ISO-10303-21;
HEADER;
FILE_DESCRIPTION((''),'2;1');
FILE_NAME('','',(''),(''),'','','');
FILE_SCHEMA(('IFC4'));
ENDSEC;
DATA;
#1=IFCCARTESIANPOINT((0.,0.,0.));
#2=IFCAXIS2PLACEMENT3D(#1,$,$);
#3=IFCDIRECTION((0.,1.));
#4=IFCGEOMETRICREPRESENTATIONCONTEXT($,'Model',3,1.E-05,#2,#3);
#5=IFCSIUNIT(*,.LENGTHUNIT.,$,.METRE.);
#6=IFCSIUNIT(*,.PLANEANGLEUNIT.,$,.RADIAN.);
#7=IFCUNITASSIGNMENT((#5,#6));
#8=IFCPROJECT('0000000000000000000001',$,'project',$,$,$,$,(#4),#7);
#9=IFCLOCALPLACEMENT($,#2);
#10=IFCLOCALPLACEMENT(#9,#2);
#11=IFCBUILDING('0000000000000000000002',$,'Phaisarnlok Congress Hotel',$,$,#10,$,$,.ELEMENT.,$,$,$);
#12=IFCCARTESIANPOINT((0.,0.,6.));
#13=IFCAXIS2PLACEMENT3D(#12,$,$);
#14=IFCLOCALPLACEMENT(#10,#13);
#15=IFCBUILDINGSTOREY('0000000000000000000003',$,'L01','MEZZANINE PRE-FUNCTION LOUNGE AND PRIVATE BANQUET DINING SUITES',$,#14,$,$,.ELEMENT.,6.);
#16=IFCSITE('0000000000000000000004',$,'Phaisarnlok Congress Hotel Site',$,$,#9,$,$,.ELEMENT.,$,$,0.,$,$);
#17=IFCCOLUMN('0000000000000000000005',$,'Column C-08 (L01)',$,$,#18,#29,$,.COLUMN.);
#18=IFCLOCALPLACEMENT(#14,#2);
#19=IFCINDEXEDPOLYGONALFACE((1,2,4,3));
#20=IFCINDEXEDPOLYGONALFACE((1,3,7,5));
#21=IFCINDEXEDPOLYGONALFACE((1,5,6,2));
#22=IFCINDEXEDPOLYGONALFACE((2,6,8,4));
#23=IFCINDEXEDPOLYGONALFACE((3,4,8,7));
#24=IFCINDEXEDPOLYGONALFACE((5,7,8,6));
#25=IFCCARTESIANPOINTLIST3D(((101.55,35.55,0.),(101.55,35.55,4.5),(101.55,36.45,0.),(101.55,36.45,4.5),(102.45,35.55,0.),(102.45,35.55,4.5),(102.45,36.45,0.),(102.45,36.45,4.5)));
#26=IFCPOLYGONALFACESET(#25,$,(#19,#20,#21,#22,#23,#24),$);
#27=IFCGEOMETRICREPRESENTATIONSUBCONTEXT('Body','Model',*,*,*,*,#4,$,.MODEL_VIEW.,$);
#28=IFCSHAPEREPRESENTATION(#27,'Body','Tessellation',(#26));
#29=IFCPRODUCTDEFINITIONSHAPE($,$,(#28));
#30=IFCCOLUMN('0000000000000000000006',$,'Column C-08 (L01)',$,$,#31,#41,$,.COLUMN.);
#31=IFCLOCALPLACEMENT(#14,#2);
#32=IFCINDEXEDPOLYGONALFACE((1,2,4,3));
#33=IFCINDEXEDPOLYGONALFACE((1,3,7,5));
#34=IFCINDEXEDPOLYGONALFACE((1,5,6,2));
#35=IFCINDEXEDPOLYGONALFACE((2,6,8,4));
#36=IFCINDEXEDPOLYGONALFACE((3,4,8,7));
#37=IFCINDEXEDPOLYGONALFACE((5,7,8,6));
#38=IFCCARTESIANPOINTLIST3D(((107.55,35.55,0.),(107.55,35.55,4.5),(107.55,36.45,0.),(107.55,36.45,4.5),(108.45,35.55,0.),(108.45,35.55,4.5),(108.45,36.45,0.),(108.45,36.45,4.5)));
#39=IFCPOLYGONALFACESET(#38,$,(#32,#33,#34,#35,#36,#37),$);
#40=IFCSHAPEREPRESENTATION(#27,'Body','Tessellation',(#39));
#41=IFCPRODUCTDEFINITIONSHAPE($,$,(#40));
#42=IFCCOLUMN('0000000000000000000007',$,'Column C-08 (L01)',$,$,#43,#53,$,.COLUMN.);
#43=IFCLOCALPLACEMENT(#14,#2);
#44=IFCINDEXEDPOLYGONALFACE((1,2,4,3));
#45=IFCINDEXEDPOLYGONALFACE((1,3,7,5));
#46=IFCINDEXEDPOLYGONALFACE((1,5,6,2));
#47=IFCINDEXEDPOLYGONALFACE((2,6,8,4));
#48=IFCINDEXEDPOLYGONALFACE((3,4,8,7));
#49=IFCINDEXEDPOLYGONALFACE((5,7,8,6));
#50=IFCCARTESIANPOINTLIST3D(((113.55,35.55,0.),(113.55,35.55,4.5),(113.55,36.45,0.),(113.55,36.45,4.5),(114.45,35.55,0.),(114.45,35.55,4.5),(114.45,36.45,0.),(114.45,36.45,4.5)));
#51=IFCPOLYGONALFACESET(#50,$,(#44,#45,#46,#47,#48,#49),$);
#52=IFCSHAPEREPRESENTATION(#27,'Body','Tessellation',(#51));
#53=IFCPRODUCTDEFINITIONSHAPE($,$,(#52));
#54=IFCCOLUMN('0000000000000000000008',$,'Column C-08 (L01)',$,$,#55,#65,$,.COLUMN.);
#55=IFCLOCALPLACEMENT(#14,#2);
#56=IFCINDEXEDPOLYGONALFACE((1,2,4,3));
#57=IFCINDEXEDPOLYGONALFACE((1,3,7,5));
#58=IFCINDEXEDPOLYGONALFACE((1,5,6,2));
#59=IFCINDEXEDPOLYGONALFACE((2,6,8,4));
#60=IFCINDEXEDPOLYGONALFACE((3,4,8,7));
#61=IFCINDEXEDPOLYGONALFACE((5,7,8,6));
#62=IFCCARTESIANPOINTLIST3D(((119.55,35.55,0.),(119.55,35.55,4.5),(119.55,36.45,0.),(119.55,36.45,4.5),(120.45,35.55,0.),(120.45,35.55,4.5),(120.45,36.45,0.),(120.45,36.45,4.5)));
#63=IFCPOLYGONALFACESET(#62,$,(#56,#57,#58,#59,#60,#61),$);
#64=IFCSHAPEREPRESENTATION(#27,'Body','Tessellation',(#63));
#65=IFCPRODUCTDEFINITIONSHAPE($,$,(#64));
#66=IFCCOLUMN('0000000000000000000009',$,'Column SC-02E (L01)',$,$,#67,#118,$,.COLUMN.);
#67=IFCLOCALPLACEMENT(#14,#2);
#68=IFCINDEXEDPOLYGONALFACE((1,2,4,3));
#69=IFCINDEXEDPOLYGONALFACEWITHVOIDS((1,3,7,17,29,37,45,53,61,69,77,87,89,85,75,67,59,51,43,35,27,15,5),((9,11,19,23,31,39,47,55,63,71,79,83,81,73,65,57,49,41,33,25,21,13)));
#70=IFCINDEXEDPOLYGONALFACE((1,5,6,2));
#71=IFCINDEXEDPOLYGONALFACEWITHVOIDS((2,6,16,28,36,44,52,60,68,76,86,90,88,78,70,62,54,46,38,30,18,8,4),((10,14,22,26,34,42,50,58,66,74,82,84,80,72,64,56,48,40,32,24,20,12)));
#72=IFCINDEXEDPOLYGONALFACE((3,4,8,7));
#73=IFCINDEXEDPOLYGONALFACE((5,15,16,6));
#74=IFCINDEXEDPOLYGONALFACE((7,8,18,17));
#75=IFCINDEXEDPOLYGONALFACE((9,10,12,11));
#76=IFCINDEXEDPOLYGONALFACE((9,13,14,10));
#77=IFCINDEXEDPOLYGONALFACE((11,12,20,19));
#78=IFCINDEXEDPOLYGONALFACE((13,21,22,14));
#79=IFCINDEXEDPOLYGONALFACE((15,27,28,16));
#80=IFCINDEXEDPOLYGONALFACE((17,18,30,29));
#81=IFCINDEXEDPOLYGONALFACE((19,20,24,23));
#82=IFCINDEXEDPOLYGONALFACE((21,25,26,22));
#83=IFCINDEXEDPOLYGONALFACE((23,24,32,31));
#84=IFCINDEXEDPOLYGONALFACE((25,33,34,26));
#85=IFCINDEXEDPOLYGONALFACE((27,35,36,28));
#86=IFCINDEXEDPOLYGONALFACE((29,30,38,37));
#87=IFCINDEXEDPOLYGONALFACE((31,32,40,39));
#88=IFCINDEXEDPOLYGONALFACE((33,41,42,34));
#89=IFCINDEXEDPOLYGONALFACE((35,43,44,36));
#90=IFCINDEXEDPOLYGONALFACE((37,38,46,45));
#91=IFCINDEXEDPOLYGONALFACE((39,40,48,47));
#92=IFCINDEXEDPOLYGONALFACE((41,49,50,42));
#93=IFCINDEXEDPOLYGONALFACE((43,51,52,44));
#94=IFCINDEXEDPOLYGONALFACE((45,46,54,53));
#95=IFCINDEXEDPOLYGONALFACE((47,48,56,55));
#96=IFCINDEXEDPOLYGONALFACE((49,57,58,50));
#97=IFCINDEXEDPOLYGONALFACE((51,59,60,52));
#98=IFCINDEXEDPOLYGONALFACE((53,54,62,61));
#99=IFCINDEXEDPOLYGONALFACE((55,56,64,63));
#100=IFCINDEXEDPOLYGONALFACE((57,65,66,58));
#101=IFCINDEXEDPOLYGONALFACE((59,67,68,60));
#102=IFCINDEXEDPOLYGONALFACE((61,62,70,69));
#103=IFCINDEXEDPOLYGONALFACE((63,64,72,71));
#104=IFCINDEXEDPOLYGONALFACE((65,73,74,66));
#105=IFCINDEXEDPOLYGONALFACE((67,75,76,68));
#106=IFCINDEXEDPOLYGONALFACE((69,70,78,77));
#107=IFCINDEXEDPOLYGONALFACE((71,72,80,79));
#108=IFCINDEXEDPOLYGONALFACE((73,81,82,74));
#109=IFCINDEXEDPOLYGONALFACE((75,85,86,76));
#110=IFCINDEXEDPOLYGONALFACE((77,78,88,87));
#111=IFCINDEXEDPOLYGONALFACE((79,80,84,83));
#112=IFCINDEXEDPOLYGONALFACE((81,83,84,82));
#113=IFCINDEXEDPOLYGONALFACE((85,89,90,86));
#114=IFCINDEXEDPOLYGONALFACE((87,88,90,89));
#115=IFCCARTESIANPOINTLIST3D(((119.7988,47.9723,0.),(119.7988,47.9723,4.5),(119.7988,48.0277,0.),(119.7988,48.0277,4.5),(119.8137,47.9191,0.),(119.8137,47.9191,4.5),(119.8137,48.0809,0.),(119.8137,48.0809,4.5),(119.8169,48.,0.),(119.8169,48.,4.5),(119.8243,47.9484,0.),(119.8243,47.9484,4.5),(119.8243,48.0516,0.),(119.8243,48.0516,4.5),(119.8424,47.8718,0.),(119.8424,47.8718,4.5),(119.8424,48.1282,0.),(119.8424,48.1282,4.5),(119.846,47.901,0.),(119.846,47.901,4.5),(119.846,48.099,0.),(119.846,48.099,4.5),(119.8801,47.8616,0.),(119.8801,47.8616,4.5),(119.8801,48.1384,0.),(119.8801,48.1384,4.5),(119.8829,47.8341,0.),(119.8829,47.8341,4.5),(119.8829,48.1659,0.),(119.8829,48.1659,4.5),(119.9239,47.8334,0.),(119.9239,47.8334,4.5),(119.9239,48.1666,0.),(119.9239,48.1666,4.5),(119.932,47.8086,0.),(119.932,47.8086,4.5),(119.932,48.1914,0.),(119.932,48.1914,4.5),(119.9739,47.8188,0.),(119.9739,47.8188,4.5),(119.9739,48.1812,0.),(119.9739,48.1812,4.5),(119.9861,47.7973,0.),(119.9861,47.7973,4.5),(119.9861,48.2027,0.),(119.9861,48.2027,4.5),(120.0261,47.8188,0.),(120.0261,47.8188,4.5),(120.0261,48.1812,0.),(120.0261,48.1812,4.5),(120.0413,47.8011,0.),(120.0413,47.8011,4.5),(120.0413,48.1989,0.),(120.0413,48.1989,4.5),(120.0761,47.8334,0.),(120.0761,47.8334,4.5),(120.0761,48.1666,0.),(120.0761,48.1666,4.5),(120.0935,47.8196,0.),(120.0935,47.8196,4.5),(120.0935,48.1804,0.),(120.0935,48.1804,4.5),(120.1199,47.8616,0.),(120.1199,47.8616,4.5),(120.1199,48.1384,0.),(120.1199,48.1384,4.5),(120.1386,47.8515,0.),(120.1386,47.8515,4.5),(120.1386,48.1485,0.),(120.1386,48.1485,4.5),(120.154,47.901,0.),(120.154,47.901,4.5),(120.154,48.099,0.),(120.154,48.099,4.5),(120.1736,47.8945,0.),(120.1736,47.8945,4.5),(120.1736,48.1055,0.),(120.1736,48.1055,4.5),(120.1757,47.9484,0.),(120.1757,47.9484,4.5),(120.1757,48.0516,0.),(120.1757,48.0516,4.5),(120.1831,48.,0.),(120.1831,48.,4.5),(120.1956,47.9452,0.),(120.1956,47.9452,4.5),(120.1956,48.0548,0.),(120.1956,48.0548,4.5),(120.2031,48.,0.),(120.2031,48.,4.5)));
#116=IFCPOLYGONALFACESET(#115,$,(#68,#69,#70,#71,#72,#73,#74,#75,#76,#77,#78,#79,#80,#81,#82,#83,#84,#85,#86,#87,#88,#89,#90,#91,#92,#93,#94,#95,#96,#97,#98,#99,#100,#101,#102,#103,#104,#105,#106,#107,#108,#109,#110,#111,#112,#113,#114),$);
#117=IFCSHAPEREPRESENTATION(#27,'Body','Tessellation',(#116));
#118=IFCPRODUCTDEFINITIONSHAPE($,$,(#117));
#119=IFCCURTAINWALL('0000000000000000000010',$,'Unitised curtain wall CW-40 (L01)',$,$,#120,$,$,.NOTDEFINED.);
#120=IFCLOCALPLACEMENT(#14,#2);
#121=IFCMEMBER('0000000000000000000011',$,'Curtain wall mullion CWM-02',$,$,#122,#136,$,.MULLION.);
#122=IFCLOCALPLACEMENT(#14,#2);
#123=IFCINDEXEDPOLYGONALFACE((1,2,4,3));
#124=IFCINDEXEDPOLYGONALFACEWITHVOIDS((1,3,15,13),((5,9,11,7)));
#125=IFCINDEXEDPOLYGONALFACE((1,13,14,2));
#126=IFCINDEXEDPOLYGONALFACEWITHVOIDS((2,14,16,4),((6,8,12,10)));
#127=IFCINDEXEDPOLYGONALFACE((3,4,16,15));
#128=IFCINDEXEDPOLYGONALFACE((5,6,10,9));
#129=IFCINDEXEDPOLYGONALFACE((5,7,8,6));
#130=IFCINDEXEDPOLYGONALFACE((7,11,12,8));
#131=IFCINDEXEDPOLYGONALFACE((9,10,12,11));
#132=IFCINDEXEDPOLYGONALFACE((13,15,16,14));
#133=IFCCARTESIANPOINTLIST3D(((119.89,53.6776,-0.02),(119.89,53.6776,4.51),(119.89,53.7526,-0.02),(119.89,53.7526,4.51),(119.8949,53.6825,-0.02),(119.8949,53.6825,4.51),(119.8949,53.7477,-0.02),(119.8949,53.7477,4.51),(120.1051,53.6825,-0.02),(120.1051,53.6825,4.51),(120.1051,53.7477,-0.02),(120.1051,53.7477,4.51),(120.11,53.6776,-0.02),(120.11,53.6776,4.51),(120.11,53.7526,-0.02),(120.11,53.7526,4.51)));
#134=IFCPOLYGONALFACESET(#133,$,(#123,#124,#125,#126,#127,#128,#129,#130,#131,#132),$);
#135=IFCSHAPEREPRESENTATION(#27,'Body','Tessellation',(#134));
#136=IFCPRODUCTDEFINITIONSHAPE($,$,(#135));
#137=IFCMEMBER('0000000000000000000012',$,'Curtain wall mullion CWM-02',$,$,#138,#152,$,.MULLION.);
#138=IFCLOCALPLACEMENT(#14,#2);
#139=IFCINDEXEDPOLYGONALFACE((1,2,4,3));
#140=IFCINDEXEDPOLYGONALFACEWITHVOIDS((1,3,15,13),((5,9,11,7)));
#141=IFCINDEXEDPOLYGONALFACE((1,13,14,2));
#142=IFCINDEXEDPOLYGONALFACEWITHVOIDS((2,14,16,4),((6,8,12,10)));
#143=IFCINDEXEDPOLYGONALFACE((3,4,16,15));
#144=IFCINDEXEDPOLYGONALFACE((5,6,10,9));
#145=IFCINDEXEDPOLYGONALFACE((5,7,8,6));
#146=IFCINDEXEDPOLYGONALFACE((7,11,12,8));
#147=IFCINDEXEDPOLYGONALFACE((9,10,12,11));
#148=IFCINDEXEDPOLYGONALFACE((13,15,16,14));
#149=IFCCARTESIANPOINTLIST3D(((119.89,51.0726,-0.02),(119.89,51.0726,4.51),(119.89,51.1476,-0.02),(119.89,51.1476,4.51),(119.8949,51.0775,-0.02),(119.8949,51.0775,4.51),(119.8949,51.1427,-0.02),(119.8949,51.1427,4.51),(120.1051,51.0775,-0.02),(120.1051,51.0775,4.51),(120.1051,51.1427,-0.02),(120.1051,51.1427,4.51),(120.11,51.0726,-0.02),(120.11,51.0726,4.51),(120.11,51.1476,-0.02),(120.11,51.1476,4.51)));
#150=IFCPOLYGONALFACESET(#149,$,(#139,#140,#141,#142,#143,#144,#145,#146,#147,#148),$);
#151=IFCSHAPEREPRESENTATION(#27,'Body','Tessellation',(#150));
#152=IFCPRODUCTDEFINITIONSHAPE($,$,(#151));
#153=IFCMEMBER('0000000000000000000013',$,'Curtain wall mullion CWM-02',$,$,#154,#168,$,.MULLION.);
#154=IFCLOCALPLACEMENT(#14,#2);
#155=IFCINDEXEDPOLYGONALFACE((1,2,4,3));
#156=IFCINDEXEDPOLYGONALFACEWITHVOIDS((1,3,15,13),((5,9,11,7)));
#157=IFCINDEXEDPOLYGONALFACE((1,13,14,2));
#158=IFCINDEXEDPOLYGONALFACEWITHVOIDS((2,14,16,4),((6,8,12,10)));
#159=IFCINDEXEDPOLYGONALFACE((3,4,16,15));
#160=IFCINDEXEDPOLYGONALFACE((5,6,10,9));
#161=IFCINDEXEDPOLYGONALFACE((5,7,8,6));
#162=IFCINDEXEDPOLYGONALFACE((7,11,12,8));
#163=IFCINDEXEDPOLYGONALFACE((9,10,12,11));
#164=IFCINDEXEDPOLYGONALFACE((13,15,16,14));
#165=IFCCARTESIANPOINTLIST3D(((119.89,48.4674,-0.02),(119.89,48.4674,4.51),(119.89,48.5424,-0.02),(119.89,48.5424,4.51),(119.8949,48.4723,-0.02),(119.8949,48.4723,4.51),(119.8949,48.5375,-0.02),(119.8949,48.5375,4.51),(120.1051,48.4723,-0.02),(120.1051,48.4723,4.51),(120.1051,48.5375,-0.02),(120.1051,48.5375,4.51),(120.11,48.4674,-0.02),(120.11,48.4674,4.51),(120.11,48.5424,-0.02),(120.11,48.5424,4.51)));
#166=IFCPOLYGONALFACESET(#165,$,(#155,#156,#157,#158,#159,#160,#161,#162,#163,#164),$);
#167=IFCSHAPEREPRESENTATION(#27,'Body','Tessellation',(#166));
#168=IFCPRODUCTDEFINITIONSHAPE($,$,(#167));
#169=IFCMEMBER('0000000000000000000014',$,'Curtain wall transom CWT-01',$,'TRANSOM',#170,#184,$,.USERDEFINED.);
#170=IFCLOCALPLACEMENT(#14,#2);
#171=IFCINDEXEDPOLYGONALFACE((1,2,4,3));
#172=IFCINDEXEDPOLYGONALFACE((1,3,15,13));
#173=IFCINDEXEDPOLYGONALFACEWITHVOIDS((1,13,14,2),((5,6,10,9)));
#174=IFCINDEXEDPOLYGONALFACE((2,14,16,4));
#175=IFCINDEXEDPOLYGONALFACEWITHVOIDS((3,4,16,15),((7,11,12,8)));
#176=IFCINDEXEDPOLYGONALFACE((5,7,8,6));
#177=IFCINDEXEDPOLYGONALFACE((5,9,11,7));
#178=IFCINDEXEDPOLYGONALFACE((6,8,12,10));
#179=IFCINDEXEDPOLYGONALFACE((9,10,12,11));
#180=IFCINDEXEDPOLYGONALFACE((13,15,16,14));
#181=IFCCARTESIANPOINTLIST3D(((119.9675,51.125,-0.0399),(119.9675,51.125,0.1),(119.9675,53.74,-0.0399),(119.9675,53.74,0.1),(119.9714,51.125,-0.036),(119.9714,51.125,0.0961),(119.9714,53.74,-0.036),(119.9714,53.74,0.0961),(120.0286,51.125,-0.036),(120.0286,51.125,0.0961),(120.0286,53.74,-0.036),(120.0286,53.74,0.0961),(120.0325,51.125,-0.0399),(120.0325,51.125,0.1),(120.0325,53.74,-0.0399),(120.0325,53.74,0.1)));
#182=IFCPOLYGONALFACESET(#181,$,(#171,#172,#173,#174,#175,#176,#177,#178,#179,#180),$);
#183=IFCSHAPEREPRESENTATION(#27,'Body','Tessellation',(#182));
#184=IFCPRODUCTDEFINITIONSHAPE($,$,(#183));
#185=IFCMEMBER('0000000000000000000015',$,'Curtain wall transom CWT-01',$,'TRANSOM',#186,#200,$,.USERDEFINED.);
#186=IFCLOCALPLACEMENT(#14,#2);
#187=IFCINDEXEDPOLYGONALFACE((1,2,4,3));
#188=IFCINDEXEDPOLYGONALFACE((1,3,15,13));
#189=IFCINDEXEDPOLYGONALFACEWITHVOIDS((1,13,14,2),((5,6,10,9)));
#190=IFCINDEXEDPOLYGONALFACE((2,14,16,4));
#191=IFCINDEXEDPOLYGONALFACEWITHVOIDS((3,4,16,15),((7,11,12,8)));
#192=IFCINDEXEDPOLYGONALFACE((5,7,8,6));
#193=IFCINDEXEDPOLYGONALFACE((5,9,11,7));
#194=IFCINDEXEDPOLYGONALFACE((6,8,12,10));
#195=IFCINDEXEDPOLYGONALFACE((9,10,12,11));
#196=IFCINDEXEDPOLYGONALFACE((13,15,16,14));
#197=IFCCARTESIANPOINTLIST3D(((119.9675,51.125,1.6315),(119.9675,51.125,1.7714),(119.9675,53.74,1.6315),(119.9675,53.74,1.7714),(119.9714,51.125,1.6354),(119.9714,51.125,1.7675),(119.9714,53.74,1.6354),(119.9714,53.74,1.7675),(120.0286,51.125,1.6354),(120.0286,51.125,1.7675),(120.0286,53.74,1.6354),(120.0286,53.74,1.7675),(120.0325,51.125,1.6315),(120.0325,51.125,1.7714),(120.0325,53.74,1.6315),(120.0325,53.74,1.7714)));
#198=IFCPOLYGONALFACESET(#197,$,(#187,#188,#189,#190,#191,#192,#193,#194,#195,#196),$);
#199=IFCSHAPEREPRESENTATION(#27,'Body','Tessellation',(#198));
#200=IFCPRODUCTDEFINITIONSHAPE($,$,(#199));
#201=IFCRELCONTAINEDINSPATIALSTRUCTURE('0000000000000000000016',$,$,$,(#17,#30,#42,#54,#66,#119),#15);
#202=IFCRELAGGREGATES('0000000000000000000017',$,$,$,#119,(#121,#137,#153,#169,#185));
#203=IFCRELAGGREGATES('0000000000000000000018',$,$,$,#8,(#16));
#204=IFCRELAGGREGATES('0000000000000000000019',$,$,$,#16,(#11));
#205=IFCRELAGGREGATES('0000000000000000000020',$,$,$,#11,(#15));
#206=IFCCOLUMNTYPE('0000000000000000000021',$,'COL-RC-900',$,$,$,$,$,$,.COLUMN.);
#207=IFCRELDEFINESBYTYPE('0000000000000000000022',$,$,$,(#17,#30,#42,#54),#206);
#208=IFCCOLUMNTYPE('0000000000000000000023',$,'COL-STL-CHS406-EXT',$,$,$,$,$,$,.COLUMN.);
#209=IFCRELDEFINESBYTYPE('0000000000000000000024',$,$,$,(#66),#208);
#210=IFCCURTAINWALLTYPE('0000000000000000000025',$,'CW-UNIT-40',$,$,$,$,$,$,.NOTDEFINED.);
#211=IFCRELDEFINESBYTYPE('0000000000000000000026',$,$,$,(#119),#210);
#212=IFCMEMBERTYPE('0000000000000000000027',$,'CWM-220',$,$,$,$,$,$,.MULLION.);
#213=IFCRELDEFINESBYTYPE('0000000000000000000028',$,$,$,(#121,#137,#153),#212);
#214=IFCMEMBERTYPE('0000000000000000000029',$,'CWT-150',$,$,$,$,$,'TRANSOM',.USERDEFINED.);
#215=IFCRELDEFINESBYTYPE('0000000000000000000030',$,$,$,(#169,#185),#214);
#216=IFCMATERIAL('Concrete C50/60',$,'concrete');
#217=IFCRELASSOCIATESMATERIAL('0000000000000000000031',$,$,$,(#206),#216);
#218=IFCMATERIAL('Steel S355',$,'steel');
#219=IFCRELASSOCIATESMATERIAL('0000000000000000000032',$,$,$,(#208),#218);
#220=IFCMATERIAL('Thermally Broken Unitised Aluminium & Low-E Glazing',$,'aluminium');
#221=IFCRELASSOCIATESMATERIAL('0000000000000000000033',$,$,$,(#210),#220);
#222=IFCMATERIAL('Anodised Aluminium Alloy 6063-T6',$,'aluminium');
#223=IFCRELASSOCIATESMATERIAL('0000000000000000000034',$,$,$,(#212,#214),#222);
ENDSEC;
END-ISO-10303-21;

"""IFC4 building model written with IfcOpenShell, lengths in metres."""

from ifc_helpers import new_model, si_unit, direction, frame, origin, origin_2d, place, context, subcontext, project, spatial, rectangle, hollow_rectangle, hollow_circle, extrude, material, material_profile, profile_set, type_object, element, aggregate, save


model = new_model("IFC4")

# Units and contexts
model_context = context("Model", 3, precision=1e-05, world=origin(), true_north=direction((0.0, 1.0)))
body_context = subcontext(model_context, "Body", "Model", "MODEL_VIEW")
ifc_project = project(units=[si_unit("LENGTHUNIT", "METRE"), si_unit("PLANEANGLEUNIT", "RADIAN")], contexts=[model_context])

# Site, building, storey
site_placement = place(None, origin())
site = spatial("IfcSite", under=ifc_project, at=site_placement, Name="Phaisarnlok Congress Hotel Site", CompositionType="ELEMENT", RefElevation=0.0)
building_placement = place(site_placement, origin())
building = spatial("IfcBuilding", under=site, at=building_placement, Name="Phaisarnlok Congress Hotel", CompositionType="ELEMENT")
storey_placement = place(building_placement, frame((0.0, 0.0, 6.0)))
storey = spatial("IfcBuildingStorey", under=building, at=storey_placement, Name="L01", Description="MEZZANINE PRE-FUNCTION LOUNGE AND PRIVATE BANQUET DINING SUITES", CompositionType="ELEMENT", Elevation=6.0)

# Columns
ifc_material_1 = material(Name="Concrete C50/60", Category="concrete")
ifc_material_profile_1 = material_profile(ifc_material_1, rectangle(XDim=0.8999, YDim=0.8999, at=origin_2d()), Name="RC 900x900")
ifc_profile_set_1 = profile_set([ifc_material_profile_1], Name="Concrete C50/60")
column_type_1 = type_object("IfcColumnType", Name="COL-RC-900", PredefinedType="COLUMN", material=ifc_profile_set_1)
for number, where, z_axis, x_axis, name in (
    (1, (102.0, 36.0, 0.0), (0.0, 0.0, 1.0), (1.0, 0.0, 0.0), "Column C-08 (L01)"),
    (2, (108.0, 36.0, 0.0), (0.0, 0.0, 1.0), (1.0, 0.0, 0.0), "Column C-08 (L01)"),
    (3, (114.0, 36.0, 0.0), (0.0, 0.0, 1.0), (1.0, 0.0, 0.0), "Column C-08 (L01)"),
    (4, (120.0, 36.0, 0.0), (0.0, 0.0, 1.0), (1.0, 0.0, 0.0), "Column C-08 (L01)"),
):
    element("IfcColumn", number, at=place(storey_placement, frame(where, z_axis=z_axis, x_axis=x_axis)), inside=storey, type_object=column_type_1, Name=name, PredefinedType="COLUMN", context=body_context, shape_type="SweptSolid", body=[
        extrude(rectangle(XDim=0.8999, YDim=0.8999, at=origin_2d()), origin(), (0.0, 0.0, 1.0), 4.5),
    ])
ifc_material_2 = material(Name="Steel S355", Category="steel")
ifc_material_profile_2 = material_profile(ifc_material_2, hollow_circle(Radius=0.2031, WallThickness=0.02, at=origin_2d()), Name="CHS 406.4x20")
ifc_profile_set_2 = profile_set([ifc_material_profile_2], Name="Steel S355")
column_type_2 = type_object("IfcColumnType", Name="COL-STL-CHS406-EXT", PredefinedType="COLUMN", material=ifc_profile_set_2)
column_placement = place(storey_placement, frame((120.0, 48.0, 0.0), z_axis=(0.0, 0.0, 1.0), x_axis=(1.0, 0.0, 0.0)))
element("IfcColumn", 5, at=column_placement, inside=storey, type_object=column_type_2, Name="Column SC-02E (L01)", PredefinedType="COLUMN", context=body_context, shape_type="SweptSolid", body=[
    extrude(hollow_circle(Radius=0.2031, WallThickness=0.02, at=origin_2d()), origin(), (0.0, 0.0, 1.0), 4.5),
])

# Curtain wall, members
ifc_material_3 = material(Name="Thermally Broken Unitised Aluminium & Low-E Glazing", Category="aluminium")
curtain_wall_type = type_object("IfcCurtainWallType", Name="CW-UNIT-40", PredefinedType="NOTDEFINED", material=ifc_material_3)
curtain_wall_placement = place(storey_placement, origin())
curtain_wall = element("IfcCurtainWall", 6, at=curtain_wall_placement, inside=storey, type_object=curtain_wall_type, Name="Unitised curtain wall CW-40 (L01)", PredefinedType="NOTDEFINED")
ifc_material_4 = material(Name="Anodised Aluminium Alloy 6063-T6", Category="aluminium")
ifc_material_profile_3 = material_profile(ifc_material_4, hollow_rectangle(XDim=0.075, YDim=0.22, WallThickness=0.0049, at=origin_2d()), Name="ALU-M 75x220x5")
ifc_profile_set_3 = profile_set([ifc_material_profile_3], Name="Anodised Aluminium Alloy 6063-T6")
member_type_1 = type_object("IfcMemberType", Name="CWM-220", PredefinedType="MULLION", material=ifc_profile_set_3)
member_1_placement = place(storey_placement, frame((120.0, 53.7151, -0.02), z_axis=(0.0, 0.0, 1.0), x_axis=(0.0, -1.0, 0.0)))
member_1 = element("IfcMember", 7, at=member_1_placement, type_object=member_type_1, Name="Curtain wall mullion CWM-02", PredefinedType="MULLION", context=body_context, shape_type="SweptSolid", body=[
    extrude(hollow_rectangle(XDim=0.075, YDim=0.22, WallThickness=0.0049, at=origin_2d()), origin(), (0.0, 0.0, 1.0), 4.53),
])
member_2_placement = place(storey_placement, frame((120.0, 51.1101, -0.02), z_axis=(0.0, 0.0, 1.0), x_axis=(0.0, -1.0, 0.0)))
member_2 = element("IfcMember", 8, at=member_2_placement, type_object=member_type_1, Name="Curtain wall mullion CWM-02", PredefinedType="MULLION", context=body_context, shape_type="SweptSolid", body=[
    extrude(hollow_rectangle(XDim=0.075, YDim=0.22, WallThickness=0.0049, at=origin_2d()), origin(), (0.0, 0.0, 1.0), 4.53),
])
member_3_placement = place(storey_placement, frame((120.0, 48.5049, -0.02), z_axis=(0.0, 0.0, 1.0), x_axis=(0.0, -1.0, 0.0)))
member_3 = element("IfcMember", 9, at=member_3_placement, type_object=member_type_1, Name="Curtain wall mullion CWM-02", PredefinedType="MULLION", context=body_context, shape_type="SweptSolid", body=[
    extrude(hollow_rectangle(XDim=0.075, YDim=0.22, WallThickness=0.0049, at=origin_2d()), origin(), (0.0, 0.0, 1.0), 4.53),
])
ifc_material_profile_4 = material_profile(ifc_material_4, hollow_rectangle(XDim=0.0649, YDim=0.1399, WallThickness=0.0039, at=origin_2d()), Name="ALU-T 65x140x4")
ifc_profile_set_4 = profile_set([ifc_material_profile_4], Name="Anodised Aluminium Alloy 6063-T6")
member_type_2 = type_object("IfcMemberType", Name="CWT-150", ElementType="TRANSOM", PredefinedType="USERDEFINED", material=ifc_profile_set_4)
member_4_placement = place(storey_placement, frame((120.0, 53.74, 0.03), z_axis=(0.0, -1.0, 0.0), x_axis=(1.0, 0.0, 0.0)))
member_4 = element("IfcMember", 10, at=member_4_placement, type_object=member_type_2, Name="Curtain wall transom CWT-01", ObjectType="TRANSOM", PredefinedType="USERDEFINED", context=body_context, shape_type="SweptSolid", body=[
    extrude(hollow_rectangle(XDim=0.0649, YDim=0.1399, WallThickness=0.0039, at=origin_2d()), origin(), (0.0, 0.0, 1.0), 2.615),
])
member_5_placement = place(storey_placement, frame((120.0, 53.74, 1.7014), z_axis=(0.0, -1.0, 0.0), x_axis=(1.0, 0.0, 0.0)))
member_5 = element("IfcMember", 11, at=member_5_placement, type_object=member_type_2, Name="Curtain wall transom CWT-01", ObjectType="TRANSOM", PredefinedType="USERDEFINED", context=body_context, shape_type="SweptSolid", body=[
    extrude(hollow_rectangle(XDim=0.0649, YDim=0.1399, WallThickness=0.0039, at=origin_2d()), origin(), (0.0, 0.0, 1.0), 2.615),
])

aggregate(curtain_wall, [member_1, member_2, member_3, member_4, member_5])

save(model, "model.ifc")
